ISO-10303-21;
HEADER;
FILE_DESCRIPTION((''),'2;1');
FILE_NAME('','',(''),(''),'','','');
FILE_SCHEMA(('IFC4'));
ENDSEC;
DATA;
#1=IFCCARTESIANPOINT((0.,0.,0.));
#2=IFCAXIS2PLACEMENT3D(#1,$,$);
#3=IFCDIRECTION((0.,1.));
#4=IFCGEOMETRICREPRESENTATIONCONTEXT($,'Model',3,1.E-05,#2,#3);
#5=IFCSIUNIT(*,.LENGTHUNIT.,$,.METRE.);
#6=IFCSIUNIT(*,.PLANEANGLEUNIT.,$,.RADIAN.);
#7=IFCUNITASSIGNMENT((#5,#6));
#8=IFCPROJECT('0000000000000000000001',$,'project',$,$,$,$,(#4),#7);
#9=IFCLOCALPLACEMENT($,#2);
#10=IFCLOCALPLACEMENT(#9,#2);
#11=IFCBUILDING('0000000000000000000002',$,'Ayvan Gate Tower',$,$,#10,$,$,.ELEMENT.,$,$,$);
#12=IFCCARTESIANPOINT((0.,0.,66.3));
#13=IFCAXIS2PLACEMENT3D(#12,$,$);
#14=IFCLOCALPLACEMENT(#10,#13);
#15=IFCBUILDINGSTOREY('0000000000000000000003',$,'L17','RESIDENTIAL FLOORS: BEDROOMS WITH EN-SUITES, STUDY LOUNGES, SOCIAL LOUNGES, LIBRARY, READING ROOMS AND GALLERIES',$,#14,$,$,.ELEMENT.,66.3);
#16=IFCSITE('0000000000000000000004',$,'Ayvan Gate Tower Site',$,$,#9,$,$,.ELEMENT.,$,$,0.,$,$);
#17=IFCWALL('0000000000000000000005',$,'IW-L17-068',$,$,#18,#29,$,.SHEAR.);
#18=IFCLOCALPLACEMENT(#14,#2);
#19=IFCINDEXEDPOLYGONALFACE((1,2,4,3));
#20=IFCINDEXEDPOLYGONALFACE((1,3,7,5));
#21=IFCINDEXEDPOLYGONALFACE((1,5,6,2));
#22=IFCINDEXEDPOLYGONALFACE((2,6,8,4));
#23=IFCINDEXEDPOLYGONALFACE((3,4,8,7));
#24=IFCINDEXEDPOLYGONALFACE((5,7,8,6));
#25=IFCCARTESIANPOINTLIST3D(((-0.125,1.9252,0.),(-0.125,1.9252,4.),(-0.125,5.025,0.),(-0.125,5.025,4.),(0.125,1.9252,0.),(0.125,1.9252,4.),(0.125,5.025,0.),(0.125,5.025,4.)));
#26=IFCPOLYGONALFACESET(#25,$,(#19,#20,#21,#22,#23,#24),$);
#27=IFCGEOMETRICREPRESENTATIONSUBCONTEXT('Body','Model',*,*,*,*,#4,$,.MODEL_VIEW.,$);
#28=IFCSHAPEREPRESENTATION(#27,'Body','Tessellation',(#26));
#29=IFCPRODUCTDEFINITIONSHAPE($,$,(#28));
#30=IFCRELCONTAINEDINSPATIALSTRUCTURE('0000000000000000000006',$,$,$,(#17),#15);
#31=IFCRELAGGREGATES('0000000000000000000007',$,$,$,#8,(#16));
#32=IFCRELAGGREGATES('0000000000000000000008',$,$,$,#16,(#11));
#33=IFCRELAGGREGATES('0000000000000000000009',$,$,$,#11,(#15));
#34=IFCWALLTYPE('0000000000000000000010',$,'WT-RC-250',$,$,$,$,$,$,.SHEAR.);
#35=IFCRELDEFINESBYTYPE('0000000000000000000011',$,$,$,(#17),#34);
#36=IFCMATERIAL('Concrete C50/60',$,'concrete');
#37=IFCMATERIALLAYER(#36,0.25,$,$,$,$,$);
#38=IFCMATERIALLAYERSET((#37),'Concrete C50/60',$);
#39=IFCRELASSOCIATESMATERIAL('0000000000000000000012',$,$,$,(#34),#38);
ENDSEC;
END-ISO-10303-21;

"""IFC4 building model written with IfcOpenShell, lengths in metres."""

from ifc_helpers import new_model, si_unit, direction, frame, frame_2d, origin, place, context, subcontext, project, spatial, rectangle, extrude, material, layer, layer_set, type_object, element, save


model = new_model("IFC4")

# Units and contexts
model_context = context("Model", 3, precision=1e-05, world=origin(), true_north=direction((0.0, 1.0)))
body_context = subcontext(model_context, "Body", "Model", "MODEL_VIEW")
ifc_project = project(units=[si_unit("LENGTHUNIT", "METRE"), si_unit("PLANEANGLEUNIT", "RADIAN")], contexts=[model_context])

# Site, building, storey
site_placement = place(None, origin())
site = spatial("IfcSite", under=ifc_project, at=site_placement, Name="Ayvan Gate Tower Site", CompositionType="ELEMENT", RefElevation=0.0)
building_placement = place(site_placement, origin())
building = spatial("IfcBuilding", under=site, at=building_placement, Name="Ayvan Gate Tower", CompositionType="ELEMENT")
storey_placement = place(building_placement, frame((0.0, 0.0, 66.3)))
storey = spatial("IfcBuildingStorey", under=building, at=storey_placement, Name="L17", Description="RESIDENTIAL FLOORS: BEDROOMS WITH EN-SUITES, STUDY LOUNGES, SOCIAL LOUNGES, LIBRARY, READING ROOMS AND GALLERIES", CompositionType="ELEMENT", Elevation=66.3)

# Wall
ifc_material_1 = material(Name="Concrete C50/60", Category="concrete")
ifc_layer_1 = layer(ifc_material_1, 0.25)
ifc_layer_set_1 = layer_set([ifc_layer_1], Name="Concrete C50/60")
wall_type_1 = type_object("IfcWallType", Name="WT-RC-250", PredefinedType="SHEAR", material=ifc_layer_set_1)
for number, where, z_axis, x_axis, name in (
    (1, (0.0, 5.0249, 0.0), (0.0, 0.0, 1.0), (0.0, -1.0, 0.0), "IW-L17-068"),
):
    element("IfcWall", number, at=place(storey_placement, frame(where, z_axis=z_axis, x_axis=x_axis)), inside=storey, type_object=wall_type_1, Name=name, PredefinedType="SHEAR", context=body_context, shape_type="SweptSolid", body=[
        extrude(rectangle(XDim=3.0999, YDim=0.25, at=frame_2d((1.5498, 0.0))), origin(), (0.0, 0.0, 1.0), 4.0),
    ])

save(model, "model.ifc")
